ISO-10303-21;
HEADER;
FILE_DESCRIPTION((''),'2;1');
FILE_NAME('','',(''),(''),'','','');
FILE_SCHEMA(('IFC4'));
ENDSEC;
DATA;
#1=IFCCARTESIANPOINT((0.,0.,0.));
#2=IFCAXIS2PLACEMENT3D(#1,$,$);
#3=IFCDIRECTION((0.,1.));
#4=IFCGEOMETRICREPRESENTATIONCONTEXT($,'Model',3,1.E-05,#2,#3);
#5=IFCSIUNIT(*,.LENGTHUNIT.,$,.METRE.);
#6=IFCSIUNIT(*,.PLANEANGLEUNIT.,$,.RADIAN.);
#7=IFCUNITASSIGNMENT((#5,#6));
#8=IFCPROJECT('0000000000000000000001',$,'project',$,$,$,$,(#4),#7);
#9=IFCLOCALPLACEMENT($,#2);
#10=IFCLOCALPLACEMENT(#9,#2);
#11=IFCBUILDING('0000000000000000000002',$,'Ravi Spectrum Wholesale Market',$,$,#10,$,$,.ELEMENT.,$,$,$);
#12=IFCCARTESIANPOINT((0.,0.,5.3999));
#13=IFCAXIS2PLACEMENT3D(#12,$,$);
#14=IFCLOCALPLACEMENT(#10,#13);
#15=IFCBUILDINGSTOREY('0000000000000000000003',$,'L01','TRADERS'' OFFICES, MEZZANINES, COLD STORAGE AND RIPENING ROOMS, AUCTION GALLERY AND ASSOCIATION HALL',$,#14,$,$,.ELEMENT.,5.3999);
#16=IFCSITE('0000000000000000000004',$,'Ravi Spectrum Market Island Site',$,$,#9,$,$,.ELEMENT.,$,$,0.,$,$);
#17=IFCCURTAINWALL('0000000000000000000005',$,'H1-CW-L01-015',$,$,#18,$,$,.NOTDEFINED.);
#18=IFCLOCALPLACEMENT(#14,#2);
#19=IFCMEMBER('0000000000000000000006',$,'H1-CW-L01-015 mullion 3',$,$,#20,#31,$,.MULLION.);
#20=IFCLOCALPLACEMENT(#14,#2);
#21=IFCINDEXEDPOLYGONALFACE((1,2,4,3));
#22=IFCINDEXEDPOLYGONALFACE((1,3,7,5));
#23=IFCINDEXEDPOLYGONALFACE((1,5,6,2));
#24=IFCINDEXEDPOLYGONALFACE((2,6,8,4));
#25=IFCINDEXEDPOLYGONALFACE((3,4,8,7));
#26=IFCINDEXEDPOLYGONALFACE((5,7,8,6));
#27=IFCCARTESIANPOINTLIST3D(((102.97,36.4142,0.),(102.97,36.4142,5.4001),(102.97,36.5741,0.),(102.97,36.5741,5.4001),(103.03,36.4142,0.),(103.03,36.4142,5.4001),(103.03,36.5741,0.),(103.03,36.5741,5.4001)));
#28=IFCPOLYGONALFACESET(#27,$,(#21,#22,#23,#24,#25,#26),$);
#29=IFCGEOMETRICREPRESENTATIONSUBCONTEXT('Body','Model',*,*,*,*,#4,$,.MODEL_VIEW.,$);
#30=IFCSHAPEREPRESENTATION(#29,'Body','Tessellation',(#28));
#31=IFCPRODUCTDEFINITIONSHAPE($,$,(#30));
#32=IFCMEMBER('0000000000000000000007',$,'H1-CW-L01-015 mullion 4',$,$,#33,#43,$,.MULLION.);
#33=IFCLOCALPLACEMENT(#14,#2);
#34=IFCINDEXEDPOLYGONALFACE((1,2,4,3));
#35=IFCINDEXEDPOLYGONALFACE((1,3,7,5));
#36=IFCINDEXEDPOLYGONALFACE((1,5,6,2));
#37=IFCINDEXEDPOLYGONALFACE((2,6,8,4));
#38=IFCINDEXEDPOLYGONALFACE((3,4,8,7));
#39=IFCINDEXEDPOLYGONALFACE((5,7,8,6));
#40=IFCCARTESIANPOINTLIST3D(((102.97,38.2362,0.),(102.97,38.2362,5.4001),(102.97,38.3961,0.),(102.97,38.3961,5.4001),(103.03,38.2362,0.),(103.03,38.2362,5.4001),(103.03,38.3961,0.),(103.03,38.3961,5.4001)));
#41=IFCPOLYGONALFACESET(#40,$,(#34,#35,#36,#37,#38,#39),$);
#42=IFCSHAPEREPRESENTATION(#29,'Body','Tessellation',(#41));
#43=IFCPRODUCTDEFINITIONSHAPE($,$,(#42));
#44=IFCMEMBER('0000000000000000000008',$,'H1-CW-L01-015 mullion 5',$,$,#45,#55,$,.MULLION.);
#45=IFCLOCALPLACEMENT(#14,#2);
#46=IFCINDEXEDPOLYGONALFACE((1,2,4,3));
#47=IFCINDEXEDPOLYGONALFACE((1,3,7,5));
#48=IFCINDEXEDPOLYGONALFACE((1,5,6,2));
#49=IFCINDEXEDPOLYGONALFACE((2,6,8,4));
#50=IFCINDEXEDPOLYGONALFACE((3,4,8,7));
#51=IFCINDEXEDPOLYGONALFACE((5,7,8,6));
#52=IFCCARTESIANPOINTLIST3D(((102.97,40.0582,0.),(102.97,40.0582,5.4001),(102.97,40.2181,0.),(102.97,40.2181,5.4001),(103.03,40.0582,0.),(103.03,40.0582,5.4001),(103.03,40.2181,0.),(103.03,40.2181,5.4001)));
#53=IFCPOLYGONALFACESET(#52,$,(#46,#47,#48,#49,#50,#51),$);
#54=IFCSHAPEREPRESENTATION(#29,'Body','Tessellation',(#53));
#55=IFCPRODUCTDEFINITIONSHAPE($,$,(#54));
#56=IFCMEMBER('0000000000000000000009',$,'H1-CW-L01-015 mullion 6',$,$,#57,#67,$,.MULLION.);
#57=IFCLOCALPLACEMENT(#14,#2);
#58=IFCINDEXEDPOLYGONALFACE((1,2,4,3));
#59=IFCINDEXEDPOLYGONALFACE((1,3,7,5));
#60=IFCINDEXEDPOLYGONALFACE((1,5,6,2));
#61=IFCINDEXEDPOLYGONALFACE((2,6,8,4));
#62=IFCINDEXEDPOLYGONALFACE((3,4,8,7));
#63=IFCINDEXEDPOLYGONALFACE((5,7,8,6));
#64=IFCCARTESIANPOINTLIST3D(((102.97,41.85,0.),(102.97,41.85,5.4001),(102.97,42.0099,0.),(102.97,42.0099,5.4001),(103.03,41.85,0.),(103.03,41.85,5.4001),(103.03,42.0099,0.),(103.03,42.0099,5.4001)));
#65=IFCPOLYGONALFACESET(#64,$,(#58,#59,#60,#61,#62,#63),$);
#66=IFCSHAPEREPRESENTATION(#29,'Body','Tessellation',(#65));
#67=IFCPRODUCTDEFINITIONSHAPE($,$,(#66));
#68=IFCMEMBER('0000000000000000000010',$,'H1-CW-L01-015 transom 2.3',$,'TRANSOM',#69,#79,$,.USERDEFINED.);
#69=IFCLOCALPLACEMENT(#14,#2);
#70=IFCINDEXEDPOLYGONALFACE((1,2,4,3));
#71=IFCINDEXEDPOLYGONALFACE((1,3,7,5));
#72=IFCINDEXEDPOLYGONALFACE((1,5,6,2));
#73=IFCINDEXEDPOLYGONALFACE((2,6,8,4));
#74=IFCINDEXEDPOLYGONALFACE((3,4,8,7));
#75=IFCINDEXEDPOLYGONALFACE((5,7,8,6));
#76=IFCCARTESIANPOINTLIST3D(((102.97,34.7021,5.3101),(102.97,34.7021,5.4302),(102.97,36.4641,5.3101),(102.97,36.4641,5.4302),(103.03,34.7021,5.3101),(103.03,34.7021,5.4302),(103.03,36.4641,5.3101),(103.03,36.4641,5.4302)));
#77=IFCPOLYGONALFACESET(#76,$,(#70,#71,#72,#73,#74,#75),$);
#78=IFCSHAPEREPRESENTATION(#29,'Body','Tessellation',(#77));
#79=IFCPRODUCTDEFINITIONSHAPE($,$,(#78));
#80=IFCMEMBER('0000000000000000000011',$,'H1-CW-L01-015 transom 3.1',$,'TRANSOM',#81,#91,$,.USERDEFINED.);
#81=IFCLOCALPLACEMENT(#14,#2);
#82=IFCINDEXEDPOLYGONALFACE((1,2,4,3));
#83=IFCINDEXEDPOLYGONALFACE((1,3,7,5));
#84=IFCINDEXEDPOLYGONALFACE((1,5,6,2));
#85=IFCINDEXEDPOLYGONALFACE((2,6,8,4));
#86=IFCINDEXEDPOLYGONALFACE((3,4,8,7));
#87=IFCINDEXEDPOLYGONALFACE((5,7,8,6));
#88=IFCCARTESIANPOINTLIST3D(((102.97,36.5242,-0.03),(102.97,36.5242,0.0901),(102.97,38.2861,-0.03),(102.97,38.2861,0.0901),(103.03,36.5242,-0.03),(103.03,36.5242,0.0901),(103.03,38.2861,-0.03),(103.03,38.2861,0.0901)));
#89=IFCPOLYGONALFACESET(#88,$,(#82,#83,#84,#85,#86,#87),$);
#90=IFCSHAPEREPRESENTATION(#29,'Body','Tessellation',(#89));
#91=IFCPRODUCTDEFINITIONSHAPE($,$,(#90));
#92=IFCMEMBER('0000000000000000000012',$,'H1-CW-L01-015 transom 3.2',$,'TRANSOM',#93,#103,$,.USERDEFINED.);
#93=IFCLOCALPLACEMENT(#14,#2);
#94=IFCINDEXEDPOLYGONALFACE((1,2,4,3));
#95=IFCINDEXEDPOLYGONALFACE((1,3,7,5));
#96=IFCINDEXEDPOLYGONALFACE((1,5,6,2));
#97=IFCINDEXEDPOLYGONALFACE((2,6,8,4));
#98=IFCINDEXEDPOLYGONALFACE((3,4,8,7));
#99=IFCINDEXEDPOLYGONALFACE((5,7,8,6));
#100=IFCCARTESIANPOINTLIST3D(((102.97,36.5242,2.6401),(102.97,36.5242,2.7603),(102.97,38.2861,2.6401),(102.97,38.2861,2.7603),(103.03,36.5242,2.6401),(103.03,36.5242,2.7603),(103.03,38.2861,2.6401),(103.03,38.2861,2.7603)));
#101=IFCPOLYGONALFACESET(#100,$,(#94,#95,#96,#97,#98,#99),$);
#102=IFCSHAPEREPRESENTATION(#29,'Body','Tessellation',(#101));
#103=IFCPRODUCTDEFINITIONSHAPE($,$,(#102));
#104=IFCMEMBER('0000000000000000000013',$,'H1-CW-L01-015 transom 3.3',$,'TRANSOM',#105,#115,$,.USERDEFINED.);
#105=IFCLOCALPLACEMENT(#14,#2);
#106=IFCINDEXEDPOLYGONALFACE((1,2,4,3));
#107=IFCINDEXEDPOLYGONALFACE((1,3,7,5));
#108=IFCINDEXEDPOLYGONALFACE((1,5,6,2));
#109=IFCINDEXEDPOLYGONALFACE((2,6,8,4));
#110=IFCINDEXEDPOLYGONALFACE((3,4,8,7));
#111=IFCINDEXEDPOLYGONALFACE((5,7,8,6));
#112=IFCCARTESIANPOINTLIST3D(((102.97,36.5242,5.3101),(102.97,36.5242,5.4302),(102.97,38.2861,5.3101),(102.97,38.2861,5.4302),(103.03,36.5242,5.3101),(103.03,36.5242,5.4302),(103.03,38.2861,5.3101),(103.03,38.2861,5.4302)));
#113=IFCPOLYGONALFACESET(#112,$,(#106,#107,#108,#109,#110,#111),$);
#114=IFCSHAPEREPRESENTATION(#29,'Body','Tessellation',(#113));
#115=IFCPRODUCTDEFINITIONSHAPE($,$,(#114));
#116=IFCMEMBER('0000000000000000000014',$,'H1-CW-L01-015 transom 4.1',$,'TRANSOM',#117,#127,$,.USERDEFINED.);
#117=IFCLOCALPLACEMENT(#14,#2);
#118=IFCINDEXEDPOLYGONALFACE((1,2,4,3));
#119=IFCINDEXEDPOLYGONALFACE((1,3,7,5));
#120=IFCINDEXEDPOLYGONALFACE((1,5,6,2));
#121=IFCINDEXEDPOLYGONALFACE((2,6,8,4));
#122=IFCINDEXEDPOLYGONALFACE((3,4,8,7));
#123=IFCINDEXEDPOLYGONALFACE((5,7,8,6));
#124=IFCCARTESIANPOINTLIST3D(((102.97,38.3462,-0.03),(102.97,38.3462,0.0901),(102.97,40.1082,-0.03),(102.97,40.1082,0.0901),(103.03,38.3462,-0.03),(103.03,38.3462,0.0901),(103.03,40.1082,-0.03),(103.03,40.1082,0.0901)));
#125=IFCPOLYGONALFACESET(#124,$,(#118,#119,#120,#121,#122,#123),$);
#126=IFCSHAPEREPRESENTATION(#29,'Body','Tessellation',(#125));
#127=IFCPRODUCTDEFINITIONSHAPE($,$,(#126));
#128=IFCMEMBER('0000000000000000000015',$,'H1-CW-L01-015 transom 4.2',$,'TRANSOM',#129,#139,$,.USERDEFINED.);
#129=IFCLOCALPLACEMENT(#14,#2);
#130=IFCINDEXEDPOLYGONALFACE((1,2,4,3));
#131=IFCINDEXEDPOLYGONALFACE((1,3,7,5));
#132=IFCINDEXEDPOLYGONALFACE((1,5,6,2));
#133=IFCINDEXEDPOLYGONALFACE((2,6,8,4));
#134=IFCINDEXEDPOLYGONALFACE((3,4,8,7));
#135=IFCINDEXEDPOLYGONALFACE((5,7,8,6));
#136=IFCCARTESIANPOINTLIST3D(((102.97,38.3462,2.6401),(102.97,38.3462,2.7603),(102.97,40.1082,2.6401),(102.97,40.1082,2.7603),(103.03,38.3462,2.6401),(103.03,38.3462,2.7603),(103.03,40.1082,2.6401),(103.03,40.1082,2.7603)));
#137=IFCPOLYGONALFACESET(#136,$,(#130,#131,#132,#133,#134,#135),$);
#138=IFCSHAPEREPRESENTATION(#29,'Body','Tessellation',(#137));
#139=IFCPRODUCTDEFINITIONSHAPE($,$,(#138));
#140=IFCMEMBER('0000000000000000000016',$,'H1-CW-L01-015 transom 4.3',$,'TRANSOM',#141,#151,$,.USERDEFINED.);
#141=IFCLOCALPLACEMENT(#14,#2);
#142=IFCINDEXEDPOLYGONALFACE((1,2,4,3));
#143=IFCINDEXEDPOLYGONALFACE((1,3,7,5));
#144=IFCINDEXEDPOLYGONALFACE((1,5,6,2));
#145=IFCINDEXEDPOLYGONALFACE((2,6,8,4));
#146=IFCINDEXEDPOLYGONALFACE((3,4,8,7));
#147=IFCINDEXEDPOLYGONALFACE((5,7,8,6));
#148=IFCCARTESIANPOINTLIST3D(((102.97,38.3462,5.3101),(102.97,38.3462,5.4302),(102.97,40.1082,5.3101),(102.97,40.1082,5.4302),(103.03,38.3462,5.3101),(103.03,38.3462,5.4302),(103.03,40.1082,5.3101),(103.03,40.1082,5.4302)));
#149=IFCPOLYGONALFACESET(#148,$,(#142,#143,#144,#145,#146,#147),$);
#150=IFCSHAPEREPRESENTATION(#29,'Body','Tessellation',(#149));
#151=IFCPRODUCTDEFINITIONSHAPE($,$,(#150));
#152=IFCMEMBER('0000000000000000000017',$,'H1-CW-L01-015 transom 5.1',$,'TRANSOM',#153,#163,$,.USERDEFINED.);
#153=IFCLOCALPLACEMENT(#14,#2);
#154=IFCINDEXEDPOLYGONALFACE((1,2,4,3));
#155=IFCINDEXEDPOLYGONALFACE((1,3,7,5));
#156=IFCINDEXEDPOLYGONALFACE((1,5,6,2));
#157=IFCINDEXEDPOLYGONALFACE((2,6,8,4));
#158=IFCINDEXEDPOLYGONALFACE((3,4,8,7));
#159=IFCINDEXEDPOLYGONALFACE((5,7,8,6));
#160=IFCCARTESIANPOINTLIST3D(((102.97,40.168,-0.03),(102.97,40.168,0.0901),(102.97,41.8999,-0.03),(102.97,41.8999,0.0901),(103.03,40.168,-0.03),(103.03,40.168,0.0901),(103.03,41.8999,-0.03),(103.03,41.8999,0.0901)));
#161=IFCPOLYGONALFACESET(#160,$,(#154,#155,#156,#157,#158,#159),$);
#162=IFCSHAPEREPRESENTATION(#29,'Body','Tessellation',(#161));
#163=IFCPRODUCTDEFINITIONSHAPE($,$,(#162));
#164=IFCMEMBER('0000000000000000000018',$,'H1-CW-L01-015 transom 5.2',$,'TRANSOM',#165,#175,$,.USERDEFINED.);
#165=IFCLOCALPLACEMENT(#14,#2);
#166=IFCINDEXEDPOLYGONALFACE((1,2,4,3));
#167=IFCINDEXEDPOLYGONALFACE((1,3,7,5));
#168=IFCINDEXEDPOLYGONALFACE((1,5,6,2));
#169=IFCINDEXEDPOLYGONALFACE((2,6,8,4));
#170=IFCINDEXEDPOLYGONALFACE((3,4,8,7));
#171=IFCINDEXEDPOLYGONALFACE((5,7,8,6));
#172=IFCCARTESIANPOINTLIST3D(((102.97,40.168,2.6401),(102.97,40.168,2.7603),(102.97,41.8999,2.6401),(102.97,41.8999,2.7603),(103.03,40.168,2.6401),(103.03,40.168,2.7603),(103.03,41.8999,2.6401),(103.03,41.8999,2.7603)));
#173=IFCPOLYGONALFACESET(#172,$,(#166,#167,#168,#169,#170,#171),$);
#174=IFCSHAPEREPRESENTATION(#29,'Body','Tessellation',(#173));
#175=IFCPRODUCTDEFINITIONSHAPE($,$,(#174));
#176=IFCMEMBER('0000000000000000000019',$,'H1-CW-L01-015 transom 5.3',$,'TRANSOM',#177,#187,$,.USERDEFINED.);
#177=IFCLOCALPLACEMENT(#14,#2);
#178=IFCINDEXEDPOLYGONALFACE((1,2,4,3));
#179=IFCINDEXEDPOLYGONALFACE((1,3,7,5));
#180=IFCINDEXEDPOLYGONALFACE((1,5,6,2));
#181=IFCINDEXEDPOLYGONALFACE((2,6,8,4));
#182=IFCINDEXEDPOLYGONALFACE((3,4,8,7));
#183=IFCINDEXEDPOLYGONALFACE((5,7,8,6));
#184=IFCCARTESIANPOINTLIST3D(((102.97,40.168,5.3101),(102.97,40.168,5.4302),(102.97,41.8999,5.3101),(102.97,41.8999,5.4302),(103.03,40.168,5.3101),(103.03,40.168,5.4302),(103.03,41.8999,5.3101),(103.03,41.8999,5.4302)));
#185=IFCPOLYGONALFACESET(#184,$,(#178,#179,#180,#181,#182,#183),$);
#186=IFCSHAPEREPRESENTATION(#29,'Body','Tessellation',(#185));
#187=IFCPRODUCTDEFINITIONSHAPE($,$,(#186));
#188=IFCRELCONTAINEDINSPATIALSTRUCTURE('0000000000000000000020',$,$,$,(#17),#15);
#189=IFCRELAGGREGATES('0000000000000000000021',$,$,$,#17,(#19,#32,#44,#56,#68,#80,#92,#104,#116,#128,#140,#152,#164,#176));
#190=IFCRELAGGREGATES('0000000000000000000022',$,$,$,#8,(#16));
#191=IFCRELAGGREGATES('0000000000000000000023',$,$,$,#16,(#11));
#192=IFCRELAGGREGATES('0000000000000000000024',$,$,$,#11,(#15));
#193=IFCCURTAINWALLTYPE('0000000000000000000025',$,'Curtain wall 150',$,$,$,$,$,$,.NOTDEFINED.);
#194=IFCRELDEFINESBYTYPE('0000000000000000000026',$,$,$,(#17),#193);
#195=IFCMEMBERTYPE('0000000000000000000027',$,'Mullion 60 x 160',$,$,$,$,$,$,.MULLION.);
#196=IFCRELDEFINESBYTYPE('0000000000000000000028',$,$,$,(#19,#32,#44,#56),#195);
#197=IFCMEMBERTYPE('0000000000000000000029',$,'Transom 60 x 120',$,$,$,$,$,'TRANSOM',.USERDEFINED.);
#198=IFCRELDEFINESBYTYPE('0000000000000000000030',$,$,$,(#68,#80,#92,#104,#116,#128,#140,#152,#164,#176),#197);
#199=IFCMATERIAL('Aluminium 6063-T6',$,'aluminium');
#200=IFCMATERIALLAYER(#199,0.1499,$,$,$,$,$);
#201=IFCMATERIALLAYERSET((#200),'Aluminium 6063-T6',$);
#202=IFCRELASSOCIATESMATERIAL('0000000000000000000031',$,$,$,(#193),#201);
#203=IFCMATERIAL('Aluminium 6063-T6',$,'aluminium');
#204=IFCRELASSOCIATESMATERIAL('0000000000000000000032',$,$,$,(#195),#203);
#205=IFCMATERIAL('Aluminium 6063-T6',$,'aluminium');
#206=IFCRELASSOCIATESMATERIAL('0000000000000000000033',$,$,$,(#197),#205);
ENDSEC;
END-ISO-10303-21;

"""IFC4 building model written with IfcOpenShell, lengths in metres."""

from ifc_helpers import new_model, si_unit, direction, frame, origin, origin_2d, place, context, subcontext, project, spatial, rectangle, extrude, material, layer, layer_set, material_profile, profile_set, type_object, element, aggregate, save


model = new_model("IFC4")

# Units and contexts
model_context = context("Model", 3, precision=1e-05, world=origin(), true_north=direction((0.0, 1.0)))
body_context = subcontext(model_context, "Body", "Model", "MODEL_VIEW")
ifc_project = project(units=[si_unit("LENGTHUNIT", "METRE"), si_unit("PLANEANGLEUNIT", "RADIAN")], contexts=[model_context])

# Site, building, storey
site_placement = place(None, origin())
site = spatial("IfcSite", under=ifc_project, at=site_placement, Name="Ravi Spectrum Market Island Site", CompositionType="ELEMENT", RefElevation=0.0)
building_placement = place(site_placement, origin())
building = spatial("IfcBuilding", under=site, at=building_placement, Name="Ravi Spectrum Wholesale Market", CompositionType="ELEMENT")
storey_placement = place(building_placement, frame((0.0, 0.0, 5.3999)))
storey = spatial("IfcBuildingStorey", under=building, at=storey_placement, Name="L01", Description="TRADERS' OFFICES, MEZZANINES, COLD STORAGE AND RIPENING ROOMS, AUCTION GALLERY AND ASSOCIATION HALL", CompositionType="ELEMENT", Elevation=5.3999)

# Curtain wall, members
ifc_material_1 = material(Name="Aluminium 6063-T6", Category="aluminium")
ifc_layer_1 = layer(ifc_material_1, 0.1499)
ifc_layer_set_1 = layer_set([ifc_layer_1], Name="Aluminium 6063-T6")
curtain_wall_type = type_object("IfcCurtainWallType", Name="Curtain wall 150", PredefinedType="NOTDEFINED", material=ifc_layer_set_1)
curtain_wall_placement = place(storey_placement, origin())
curtain_wall = element("IfcCurtainWall", 1, at=curtain_wall_placement, inside=storey, type_object=curtain_wall_type, Name="H1-CW-L01-015", PredefinedType="NOTDEFINED")
ifc_material_2 = material(Name="Aluminium 6063-T6", Category="aluminium")
ifc_material_profile_1 = material_profile(ifc_material_2, rectangle(XDim=0.0601, YDim=0.1599, at=origin_2d()))
ifc_profile_set_1 = profile_set([ifc_material_profile_1], Name="Aluminium 6063-T6")
member_type_1 = type_object("IfcMemberType", Name="Mullion 60 x 160", PredefinedType="MULLION", material=ifc_profile_set_1)
member_1_placement = place(storey_placement, frame((103.0, 36.4941, 0.0), z_axis=(0.0, 0.0, 1.0), x_axis=(-1.0, 0.0, 0.0)))
member_1 = element("IfcMember", 2, at=member_1_placement, type_object=member_type_1, Name="H1-CW-L01-015 mullion 3", PredefinedType="MULLION", context=body_context, shape_type="SweptSolid", body=[
    extrude(rectangle(XDim=0.0601, YDim=0.1599, at=origin_2d()), origin(), (0.0, 0.0, 1.0), 5.4001),
])
member_2_placement = place(storey_placement, frame((103.0, 38.3162, 0.0), z_axis=(0.0, 0.0, 1.0), x_axis=(-1.0, 0.0, 0.0)))
member_2 = element("IfcMember", 3, at=member_2_placement, type_object=member_type_1, Name="H1-CW-L01-015 mullion 4", PredefinedType="MULLION", context=body_context, shape_type="SweptSolid", body=[
    extrude(rectangle(XDim=0.0601, YDim=0.1599, at=origin_2d()), origin(), (0.0, 0.0, 1.0), 5.4001),
])
member_3_placement = place(storey_placement, frame((103.0, 40.1382, 0.0), z_axis=(0.0, 0.0, 1.0), x_axis=(-1.0, 0.0, 0.0)))
member_3 = element("IfcMember", 4, at=member_3_placement, type_object=member_type_1, Name="H1-CW-L01-015 mullion 5", PredefinedType="MULLION", context=body_context, shape_type="SweptSolid", body=[
    extrude(rectangle(XDim=0.0601, YDim=0.1599, at=origin_2d()), origin(), (0.0, 0.0, 1.0), 5.4001),
])
member_4_placement = place(storey_placement, frame((103.0, 41.9299, 0.0), z_axis=(0.0, 0.0, 1.0), x_axis=(-1.0, 0.0, 0.0)))
member_4 = element("IfcMember", 5, at=member_4_placement, type_object=member_type_1, Name="H1-CW-L01-015 mullion 6", PredefinedType="MULLION", context=body_context, shape_type="SweptSolid", body=[
    extrude(rectangle(XDim=0.0601, YDim=0.1599, at=origin_2d()), origin(), (0.0, 0.0, 1.0), 5.4001),
])
ifc_material_3 = material(Name="Aluminium 6063-T6", Category="aluminium")
ifc_material_profile_2 = material_profile(ifc_material_3, rectangle(XDim=0.0601, YDim=0.1201, at=origin_2d()))
ifc_profile_set_2 = profile_set([ifc_material_profile_2], Name="Aluminium 6063-T6")
member_type_2 = type_object("IfcMemberType", Name="Transom 60 x 120", ElementType="TRANSOM", PredefinedType="USERDEFINED", material=ifc_profile_set_2)
member_5_placement = place(storey_placement, frame((103.0, 34.7021, 5.3701), z_axis=(0.0, 1.0, 0.0), x_axis=(-1.0, 0.0, 0.0)))
member_5 = element("IfcMember", 6, at=member_5_placement, type_object=member_type_2, Name="H1-CW-L01-015 transom 2.3", ObjectType="TRANSOM", PredefinedType="USERDEFINED", context=body_context, shape_type="SweptSolid", body=[
    extrude(rectangle(XDim=0.0601, YDim=0.1201, at=origin_2d()), origin(), (0.0, 0.0, 1.0), 1.762),
])
member_6_placement = place(storey_placement, frame((103.0, 36.5242, 0.03), z_axis=(0.0, 1.0, 0.0), x_axis=(-1.0, 0.0, 0.0)))
member_6 = element("IfcMember", 7, at=member_6_placement, type_object=member_type_2, Name="H1-CW-L01-015 transom 3.1", ObjectType="TRANSOM", PredefinedType="USERDEFINED", context=body_context, shape_type="SweptSolid", body=[
    extrude(rectangle(XDim=0.0601, YDim=0.1201, at=origin_2d()), origin(), (0.0, 0.0, 1.0), 1.762),
])
member_7_placement = place(storey_placement, frame((103.0, 36.5242, 2.7002), z_axis=(0.0, 1.0, 0.0), x_axis=(-1.0, 0.0, 0.0)))
member_7 = element("IfcMember", 8, at=member_7_placement, type_object=member_type_2, Name="H1-CW-L01-015 transom 3.2", ObjectType="TRANSOM", PredefinedType="USERDEFINED", context=body_context, shape_type="SweptSolid", body=[
    extrude(rectangle(XDim=0.0601, YDim=0.1201, at=origin_2d()), origin(), (0.0, 0.0, 1.0), 1.762),
])
member_8_placement = place(storey_placement, frame((103.0, 36.5242, 5.3701), z_axis=(0.0, 1.0, 0.0), x_axis=(-1.0, 0.0, 0.0)))
member_8 = element("IfcMember", 9, at=member_8_placement, type_object=member_type_2, Name="H1-CW-L01-015 transom 3.3", ObjectType="TRANSOM", PredefinedType="USERDEFINED", context=body_context, shape_type="SweptSolid", body=[
    extrude(rectangle(XDim=0.0601, YDim=0.1201, at=origin_2d()), origin(), (0.0, 0.0, 1.0), 1.762),
])
member_9_placement = place(storey_placement, frame((103.0, 38.3462, 0.03), z_axis=(0.0, 1.0, 0.0), x_axis=(-1.0, 0.0, 0.0)))
member_9 = element("IfcMember", 10, at=member_9_placement, type_object=member_type_2, Name="H1-CW-L01-015 transom 4.1", ObjectType="TRANSOM", PredefinedType="USERDEFINED", context=body_context, shape_type="SweptSolid", body=[
    extrude(rectangle(XDim=0.0601, YDim=0.1201, at=origin_2d()), origin(), (0.0, 0.0, 1.0), 1.762),
])
member_10_placement = place(storey_placement, frame((103.0, 38.3462, 2.7002), z_axis=(0.0, 1.0, 0.0), x_axis=(-1.0, 0.0, 0.0)))
member_10 = element("IfcMember", 11, at=member_10_placement, type_object=member_type_2, Name="H1-CW-L01-015 transom 4.2", ObjectType="TRANSOM", PredefinedType="USERDEFINED", context=body_context, shape_type="SweptSolid", body=[
    extrude(rectangle(XDim=0.0601, YDim=0.1201, at=origin_2d()), origin(), (0.0, 0.0, 1.0), 1.762),
])
member_11_placement = place(storey_placement, frame((103.0, 38.3462, 5.3701), z_axis=(0.0, 1.0, 0.0), x_axis=(-1.0, 0.0, 0.0)))
member_11 = element("IfcMember", 12, at=member_11_placement, type_object=member_type_2, Name="H1-CW-L01-015 transom 4.3", ObjectType="TRANSOM", PredefinedType="USERDEFINED", context=body_context, shape_type="SweptSolid", body=[
    extrude(rectangle(XDim=0.0601, YDim=0.1201, at=origin_2d()), origin(), (0.0, 0.0, 1.0), 1.762),
])
member_12_placement = place(storey_placement, frame((103.0, 40.168, 0.03), z_axis=(0.0, 1.0, 0.0), x_axis=(-1.0, 0.0, 0.0)))
member_12 = element("IfcMember", 13, at=member_12_placement, type_object=member_type_2, Name="H1-CW-L01-015 transom 5.1", ObjectType="TRANSOM", PredefinedType="USERDEFINED", context=body_context, shape_type="SweptSolid", body=[
    extrude(rectangle(XDim=0.0601, YDim=0.1201, at=origin_2d()), origin(), (0.0, 0.0, 1.0), 1.7319),
])
member_13_placement = place(storey_placement, frame((103.0, 40.168, 2.7002), z_axis=(0.0, 1.0, 0.0), x_axis=(-1.0, 0.0, 0.0)))
member_13 = element("IfcMember", 14, at=member_13_placement, type_object=member_type_2, Name="H1-CW-L01-015 transom 5.2", ObjectType="TRANSOM", PredefinedType="USERDEFINED", context=body_context, shape_type="SweptSolid", body=[
    extrude(rectangle(XDim=0.0601, YDim=0.1201, at=origin_2d()), origin(), (0.0, 0.0, 1.0), 1.7319),
])
member_14_placement = place(storey_placement, frame((103.0, 40.168, 5.3701), z_axis=(0.0, 1.0, 0.0), x_axis=(-1.0, 0.0, 0.0)))
member_14 = element("IfcMember", 15, at=member_14_placement, type_object=member_type_2, Name="H1-CW-L01-015 transom 5.3", ObjectType="TRANSOM", PredefinedType="USERDEFINED", context=body_context, shape_type="SweptSolid", body=[
    extrude(rectangle(XDim=0.0601, YDim=0.1201, at=origin_2d()), origin(), (0.0, 0.0, 1.0), 1.7319),
])
aggregate(curtain_wall, [member_1, member_2, member_3, member_4, member_5, member_6, member_7, member_8, member_9, member_10, member_11, member_12, member_13, member_14])

save(model, "model.ifc")
